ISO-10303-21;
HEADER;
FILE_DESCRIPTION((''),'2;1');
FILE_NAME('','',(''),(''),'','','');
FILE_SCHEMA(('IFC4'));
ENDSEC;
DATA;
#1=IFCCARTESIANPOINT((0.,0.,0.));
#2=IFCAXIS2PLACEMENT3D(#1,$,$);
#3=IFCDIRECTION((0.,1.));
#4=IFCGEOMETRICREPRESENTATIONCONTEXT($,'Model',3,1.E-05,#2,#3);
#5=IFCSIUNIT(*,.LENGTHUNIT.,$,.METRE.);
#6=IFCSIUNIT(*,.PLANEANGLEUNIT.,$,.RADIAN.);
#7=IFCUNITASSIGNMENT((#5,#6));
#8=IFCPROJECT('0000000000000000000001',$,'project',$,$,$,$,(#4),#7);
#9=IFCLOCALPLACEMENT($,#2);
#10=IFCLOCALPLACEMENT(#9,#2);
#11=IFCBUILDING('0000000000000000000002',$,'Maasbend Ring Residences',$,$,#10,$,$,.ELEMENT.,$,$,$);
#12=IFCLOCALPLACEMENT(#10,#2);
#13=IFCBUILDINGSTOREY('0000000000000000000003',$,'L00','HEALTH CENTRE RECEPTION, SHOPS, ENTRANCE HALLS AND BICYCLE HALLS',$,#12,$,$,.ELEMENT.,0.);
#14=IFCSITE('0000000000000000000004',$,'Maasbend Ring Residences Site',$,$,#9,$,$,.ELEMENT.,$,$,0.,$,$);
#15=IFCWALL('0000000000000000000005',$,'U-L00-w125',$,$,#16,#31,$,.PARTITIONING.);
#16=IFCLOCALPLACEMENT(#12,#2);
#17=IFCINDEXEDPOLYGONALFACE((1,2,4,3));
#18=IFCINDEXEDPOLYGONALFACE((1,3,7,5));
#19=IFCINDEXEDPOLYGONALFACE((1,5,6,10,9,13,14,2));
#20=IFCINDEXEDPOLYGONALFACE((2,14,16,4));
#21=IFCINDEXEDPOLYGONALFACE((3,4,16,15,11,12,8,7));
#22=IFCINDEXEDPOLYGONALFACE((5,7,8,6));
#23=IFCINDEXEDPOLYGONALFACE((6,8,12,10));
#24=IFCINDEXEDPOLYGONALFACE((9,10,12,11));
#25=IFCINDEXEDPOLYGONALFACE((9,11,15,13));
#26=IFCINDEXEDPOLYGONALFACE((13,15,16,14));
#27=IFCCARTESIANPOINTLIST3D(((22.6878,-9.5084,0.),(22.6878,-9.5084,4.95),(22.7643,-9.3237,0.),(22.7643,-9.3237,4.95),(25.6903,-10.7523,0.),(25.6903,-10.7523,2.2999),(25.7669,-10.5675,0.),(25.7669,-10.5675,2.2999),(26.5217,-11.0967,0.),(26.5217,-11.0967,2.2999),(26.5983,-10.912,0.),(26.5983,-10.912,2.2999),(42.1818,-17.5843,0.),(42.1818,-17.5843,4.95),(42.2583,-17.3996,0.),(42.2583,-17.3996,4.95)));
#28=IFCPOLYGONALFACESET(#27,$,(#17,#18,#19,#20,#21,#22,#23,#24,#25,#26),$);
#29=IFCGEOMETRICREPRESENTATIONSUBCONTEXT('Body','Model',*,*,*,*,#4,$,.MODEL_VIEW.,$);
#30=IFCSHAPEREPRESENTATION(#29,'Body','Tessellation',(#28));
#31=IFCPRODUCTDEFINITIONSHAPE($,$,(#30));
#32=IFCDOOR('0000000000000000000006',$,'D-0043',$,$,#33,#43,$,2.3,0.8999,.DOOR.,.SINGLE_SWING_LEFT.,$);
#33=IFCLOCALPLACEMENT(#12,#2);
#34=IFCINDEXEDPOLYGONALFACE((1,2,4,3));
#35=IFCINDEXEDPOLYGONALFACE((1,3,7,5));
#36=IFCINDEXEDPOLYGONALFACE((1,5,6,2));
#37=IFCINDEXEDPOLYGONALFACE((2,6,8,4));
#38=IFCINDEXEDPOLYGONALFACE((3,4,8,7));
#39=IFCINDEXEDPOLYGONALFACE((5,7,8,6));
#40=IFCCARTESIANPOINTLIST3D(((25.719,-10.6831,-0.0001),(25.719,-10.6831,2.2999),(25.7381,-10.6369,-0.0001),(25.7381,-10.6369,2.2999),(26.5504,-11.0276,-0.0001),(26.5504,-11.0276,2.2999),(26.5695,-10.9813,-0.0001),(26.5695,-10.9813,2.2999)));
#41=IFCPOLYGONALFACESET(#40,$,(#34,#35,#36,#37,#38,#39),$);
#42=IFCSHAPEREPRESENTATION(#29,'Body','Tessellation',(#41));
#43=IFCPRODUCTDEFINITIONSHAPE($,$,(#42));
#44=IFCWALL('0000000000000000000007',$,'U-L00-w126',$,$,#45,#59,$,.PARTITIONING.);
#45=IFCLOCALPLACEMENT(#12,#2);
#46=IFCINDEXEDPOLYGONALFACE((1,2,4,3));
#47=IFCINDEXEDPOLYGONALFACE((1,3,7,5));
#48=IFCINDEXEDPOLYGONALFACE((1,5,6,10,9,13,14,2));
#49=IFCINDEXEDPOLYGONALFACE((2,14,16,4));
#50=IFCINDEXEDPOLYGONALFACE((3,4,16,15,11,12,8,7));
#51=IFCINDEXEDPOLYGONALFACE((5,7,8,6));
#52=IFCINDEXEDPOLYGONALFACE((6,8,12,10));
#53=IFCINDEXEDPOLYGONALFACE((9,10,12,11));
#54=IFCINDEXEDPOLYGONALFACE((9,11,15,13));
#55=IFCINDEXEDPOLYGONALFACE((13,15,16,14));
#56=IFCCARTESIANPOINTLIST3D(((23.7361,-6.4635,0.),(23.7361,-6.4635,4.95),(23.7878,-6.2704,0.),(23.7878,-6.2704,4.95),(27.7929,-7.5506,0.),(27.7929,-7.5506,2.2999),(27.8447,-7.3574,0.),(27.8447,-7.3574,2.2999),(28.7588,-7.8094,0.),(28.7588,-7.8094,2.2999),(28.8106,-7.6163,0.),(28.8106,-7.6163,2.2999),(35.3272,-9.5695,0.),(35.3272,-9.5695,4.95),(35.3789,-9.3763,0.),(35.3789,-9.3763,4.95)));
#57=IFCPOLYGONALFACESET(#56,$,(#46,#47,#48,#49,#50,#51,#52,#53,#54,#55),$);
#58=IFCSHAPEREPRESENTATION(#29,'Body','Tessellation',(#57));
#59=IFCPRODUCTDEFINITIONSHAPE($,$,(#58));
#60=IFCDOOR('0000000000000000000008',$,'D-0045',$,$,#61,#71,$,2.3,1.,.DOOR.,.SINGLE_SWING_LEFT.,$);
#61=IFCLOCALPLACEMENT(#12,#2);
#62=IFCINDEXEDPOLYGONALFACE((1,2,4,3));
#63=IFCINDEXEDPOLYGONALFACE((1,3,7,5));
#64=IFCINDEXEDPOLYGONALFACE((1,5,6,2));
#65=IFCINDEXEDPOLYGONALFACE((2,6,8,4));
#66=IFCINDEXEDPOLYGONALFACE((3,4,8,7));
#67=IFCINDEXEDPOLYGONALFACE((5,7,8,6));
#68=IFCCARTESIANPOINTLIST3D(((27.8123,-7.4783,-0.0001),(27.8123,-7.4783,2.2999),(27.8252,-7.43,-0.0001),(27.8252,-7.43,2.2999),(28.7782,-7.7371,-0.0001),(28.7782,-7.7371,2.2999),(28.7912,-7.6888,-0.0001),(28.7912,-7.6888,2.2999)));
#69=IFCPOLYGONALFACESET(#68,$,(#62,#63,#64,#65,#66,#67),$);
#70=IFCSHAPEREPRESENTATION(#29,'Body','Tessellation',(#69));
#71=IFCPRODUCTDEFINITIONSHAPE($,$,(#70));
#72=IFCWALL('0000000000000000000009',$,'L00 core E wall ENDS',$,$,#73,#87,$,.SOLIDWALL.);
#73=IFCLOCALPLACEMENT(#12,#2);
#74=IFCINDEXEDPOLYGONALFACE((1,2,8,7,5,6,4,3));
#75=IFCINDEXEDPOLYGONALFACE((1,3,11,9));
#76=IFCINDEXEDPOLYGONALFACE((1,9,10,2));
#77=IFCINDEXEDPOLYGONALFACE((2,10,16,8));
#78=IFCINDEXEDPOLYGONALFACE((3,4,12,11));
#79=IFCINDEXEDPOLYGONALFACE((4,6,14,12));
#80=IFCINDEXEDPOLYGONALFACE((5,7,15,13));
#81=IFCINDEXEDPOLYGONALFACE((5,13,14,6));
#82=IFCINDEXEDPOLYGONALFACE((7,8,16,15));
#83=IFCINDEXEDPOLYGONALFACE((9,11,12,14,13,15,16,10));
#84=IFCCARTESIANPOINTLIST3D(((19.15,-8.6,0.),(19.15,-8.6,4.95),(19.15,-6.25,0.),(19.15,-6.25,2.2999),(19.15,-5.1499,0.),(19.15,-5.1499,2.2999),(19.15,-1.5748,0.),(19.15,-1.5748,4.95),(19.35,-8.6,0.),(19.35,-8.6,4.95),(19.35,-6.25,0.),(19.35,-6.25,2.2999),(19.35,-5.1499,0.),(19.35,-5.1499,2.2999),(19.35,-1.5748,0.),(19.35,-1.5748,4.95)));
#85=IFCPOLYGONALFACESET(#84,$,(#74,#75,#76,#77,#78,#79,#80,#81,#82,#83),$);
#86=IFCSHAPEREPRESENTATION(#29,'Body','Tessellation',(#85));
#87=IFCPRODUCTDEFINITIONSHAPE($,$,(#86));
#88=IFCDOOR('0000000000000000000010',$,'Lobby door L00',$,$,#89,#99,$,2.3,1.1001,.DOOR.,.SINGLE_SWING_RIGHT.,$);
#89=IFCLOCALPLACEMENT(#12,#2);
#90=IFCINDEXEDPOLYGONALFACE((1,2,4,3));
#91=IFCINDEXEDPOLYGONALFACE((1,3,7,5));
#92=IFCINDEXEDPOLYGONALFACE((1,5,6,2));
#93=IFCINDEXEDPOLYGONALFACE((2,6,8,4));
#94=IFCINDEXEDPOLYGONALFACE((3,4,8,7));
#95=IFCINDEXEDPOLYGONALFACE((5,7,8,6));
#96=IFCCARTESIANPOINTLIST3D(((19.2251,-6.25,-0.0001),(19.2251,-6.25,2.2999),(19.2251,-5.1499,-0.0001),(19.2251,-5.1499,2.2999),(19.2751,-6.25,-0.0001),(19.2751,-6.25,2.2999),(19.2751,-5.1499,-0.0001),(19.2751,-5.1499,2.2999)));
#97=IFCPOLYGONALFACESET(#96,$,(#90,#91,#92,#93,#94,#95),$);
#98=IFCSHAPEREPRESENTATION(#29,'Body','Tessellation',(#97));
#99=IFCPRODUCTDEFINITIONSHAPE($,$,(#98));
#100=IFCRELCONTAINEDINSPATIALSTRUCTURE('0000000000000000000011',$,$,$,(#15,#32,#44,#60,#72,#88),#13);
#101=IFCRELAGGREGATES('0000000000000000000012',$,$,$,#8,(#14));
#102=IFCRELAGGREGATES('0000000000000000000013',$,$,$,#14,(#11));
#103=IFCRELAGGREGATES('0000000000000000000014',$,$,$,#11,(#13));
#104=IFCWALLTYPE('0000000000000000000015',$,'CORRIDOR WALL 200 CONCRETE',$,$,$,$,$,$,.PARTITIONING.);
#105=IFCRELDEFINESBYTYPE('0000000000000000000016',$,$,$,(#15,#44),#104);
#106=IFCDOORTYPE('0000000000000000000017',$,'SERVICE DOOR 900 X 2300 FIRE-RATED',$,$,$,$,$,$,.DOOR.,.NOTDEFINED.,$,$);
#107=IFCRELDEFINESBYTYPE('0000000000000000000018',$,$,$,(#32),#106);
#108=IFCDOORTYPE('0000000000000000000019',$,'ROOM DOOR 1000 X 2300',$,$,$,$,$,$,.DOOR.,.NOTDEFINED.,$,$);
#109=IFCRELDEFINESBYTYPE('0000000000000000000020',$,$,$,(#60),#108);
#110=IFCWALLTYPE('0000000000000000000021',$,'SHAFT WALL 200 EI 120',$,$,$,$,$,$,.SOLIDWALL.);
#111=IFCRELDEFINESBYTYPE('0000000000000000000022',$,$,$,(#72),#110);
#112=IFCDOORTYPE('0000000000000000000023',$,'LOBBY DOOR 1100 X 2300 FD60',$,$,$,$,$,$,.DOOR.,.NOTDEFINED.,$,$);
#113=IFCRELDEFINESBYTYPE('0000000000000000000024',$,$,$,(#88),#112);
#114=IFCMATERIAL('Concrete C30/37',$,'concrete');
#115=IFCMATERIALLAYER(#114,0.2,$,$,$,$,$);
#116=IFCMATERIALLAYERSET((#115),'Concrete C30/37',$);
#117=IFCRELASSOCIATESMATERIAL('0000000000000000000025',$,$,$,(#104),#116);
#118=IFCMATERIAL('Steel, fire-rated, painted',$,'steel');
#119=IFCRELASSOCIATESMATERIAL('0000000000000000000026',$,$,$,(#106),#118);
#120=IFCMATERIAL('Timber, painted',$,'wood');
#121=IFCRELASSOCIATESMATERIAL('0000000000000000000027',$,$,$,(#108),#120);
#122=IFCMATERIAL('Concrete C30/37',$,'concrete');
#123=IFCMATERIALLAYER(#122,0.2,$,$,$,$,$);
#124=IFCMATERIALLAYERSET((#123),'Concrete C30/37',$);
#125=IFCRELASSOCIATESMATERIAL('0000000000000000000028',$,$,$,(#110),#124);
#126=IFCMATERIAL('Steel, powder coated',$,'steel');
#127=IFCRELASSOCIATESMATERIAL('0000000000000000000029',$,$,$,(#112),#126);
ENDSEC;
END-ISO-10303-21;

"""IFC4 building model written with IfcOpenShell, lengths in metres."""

from ifc_helpers import new_model, si_unit, direction, frame, frame_2d, origin, place, context, subcontext, project, spatial, rectangle, extrude, material, layer, layer_set, type_object, element, fill, save


model = new_model("IFC4")

# Units and contexts
model_context = context("Model", 3, precision=1e-05, world=origin(), true_north=direction((0.0, 1.0)))
body_context = subcontext(model_context, "Body", "Model", "MODEL_VIEW")
ifc_project = project(units=[si_unit("LENGTHUNIT", "METRE"), si_unit("PLANEANGLEUNIT", "RADIAN")], contexts=[model_context])

# Site, building, storey
site_placement = place(None, origin())
site = spatial("IfcSite", under=ifc_project, at=site_placement, Name="Maasbend Ring Residences Site", CompositionType="ELEMENT", RefElevation=0.0)
building_placement = place(site_placement, origin())
building = spatial("IfcBuilding", under=site, at=building_placement, Name="Maasbend Ring Residences", CompositionType="ELEMENT")
storey_placement = place(building_placement, origin())
storey = spatial("IfcBuildingStorey", under=building, at=storey_placement, Name="L00", Description="HEALTH CENTRE RECEPTION, SHOPS, ENTRANCE HALLS AND BICYCLE HALLS", CompositionType="ELEMENT", Elevation=0.0)

# Shared definitions
ifc_material_1 = material(Name="Concrete C30/37", Category="concrete")
ifc_layer_1 = layer(ifc_material_1, 0.2)
ifc_layer_set_1 = layer_set([ifc_layer_1], Name="Concrete C30/37")
wall_type_1 = type_object("IfcWallType", Name="CORRIDOR WALL 200 CONCRETE", PredefinedType="PARTITIONING", material=ifc_layer_set_1)

# Walls, openings, doors
wall_1_placement = place(storey_placement, frame((22.7261, -9.416, 0.0), z_axis=(0.0, 0.0, 1.0), x_axis=(0.923858, -0.382736, 0.0)))
wall_1 = element("IfcWall", 1, at=wall_1_placement, inside=storey, type_object=wall_type_1, Name="U-L00-w125", PredefinedType="PARTITIONING", context=body_context, shape_type="SweptSolid", body=[
    extrude(rectangle(XDim=21.1006, YDim=0.2, at=frame_2d((10.5503, 0.0))), origin(), (0.0, 0.0, 1.0), 4.95),
])
opening_1_placement = place(wall_1_placement, frame((3.25, 0.0, 0.0)))
opening_1 = element("IfcOpeningElement", 2, at=opening_1_placement, cuts=wall_1, PredefinedType="OPENING", context=body_context, shape_type="SweptSolid", body=[
    extrude(rectangle(XDim=0.8999, YDim=2.3, at=frame_2d((0.45, 1.1499))), frame((0.0, 0.1099, 0.0), z_axis=(0.0, -1.0, 0.0), x_axis=(1.0, 0.0, 0.0)), (0.0, 0.0, 1.0), 0.22),
])
ifc_material_2 = material(Name="Steel, fire-rated, painted", Category="steel")
door_type_1 = type_object("IfcDoorType", Name="SERVICE DOOR 900 X 2300 FIRE-RATED", OperationType="NOTDEFINED", PredefinedType="DOOR", material=ifc_material_2)
door_1_placement = place(opening_1_placement, origin())
door_1 = element("IfcDoor", 3, at=door_1_placement, inside=storey, type_object=door_type_1, Name="D-0043", OperationType="SINGLE_SWING_LEFT", OverallHeight=2.3, OverallWidth=0.8999, PredefinedType="DOOR", context=body_context, shape_type="SweptSolid", body=[
    extrude(rectangle(XDim=0.8999, YDim=2.3, at=frame_2d((0.45, 1.1499))), frame((0.0, 0.0249, 0.0), z_axis=(0.0, -1.0, 0.0), x_axis=(1.0, 0.0, 0.0)), (0.0, 0.0, 1.0), 0.05),
])
fill(opening_1, door_1)
wall_2_placement = place(storey_placement, frame((23.762, -6.3669, 0.0), z_axis=(0.0, 0.0, 1.0), x_axis=(0.965923, -0.25883, 0.0)))
wall_2 = element("IfcWall", 4, at=wall_2_placement, inside=storey, type_object=wall_type_1, Name="U-L00-w126", PredefinedType="PARTITIONING", context=body_context, shape_type="SweptSolid", body=[
    extrude(rectangle(XDim=12.0, YDim=0.2, at=frame_2d((6.0, 0.0))), origin(), (0.0, 0.0, 1.0), 4.95),
])
opening_2_placement = place(wall_2_placement, frame((4.2, 0.0, 0.0)))
opening_2 = element("IfcOpeningElement", 5, at=opening_2_placement, cuts=wall_2, PredefinedType="OPENING", context=body_context, shape_type="SweptSolid", body=[
    extrude(rectangle(XDim=1.0, YDim=2.3, at=frame_2d((0.5, 1.1499))), frame((0.0, 0.1099, 0.0), z_axis=(0.0, -1.0, 0.0), x_axis=(1.0, 0.0, 0.0)), (0.0, 0.0, 1.0), 0.22),
])
ifc_material_3 = material(Name="Timber, painted", Category="wood")
door_type_2 = type_object("IfcDoorType", Name="ROOM DOOR 1000 X 2300", OperationType="NOTDEFINED", PredefinedType="DOOR", material=ifc_material_3)
door_2_placement = place(opening_2_placement, origin())
door_2 = element("IfcDoor", 6, at=door_2_placement, inside=storey, type_object=door_type_2, Name="D-0045", OperationType="SINGLE_SWING_LEFT", OverallHeight=2.3, OverallWidth=1.0, PredefinedType="DOOR", context=body_context, shape_type="SweptSolid", body=[
    extrude(rectangle(XDim=1.0, YDim=2.3, at=frame_2d((0.5, 1.1499))), frame((0.0, 0.0249, 0.0), z_axis=(0.0, -1.0, 0.0), x_axis=(1.0, 0.0, 0.0)), (0.0, 0.0, 1.0), 0.05),
])
fill(opening_2, door_2)
ifc_material_4 = material(Name="Concrete C30/37", Category="concrete")
ifc_layer_2 = layer(ifc_material_4, 0.2)
ifc_layer_set_2 = layer_set([ifc_layer_2], Name="Concrete C30/37")
wall_type_2 = type_object("IfcWallType", Name="SHAFT WALL 200 EI 120", PredefinedType="SOLIDWALL", material=ifc_layer_set_2)
wall_3_placement = place(storey_placement, frame((19.25, -8.6001, 0.0), z_axis=(0.0, 0.0, 1.0), x_axis=(0.0, 1.0, 0.0)))
wall_3 = element("IfcWall", 7, at=wall_3_placement, inside=storey, type_object=wall_type_2, Name="L00 core E wall ENDS", PredefinedType="SOLIDWALL", context=body_context, shape_type="SweptSolid", body=[
    extrude(rectangle(XDim=7.0251, YDim=0.2, at=frame_2d((3.5127, 0.0))), origin(), (0.0, 0.0, 1.0), 4.95),
])
opening_3_placement = place(wall_3_placement, frame((2.3501, 0.0, 0.0)))
opening_3 = element("IfcOpeningElement", 8, at=opening_3_placement, cuts=wall_3, PredefinedType="OPENING", context=body_context, shape_type="SweptSolid", body=[
    extrude(rectangle(XDim=1.1001, YDim=2.3, at=frame_2d((0.55, 1.1499))), frame((0.0, 0.1099, 0.0), z_axis=(0.0, -1.0, 0.0), x_axis=(1.0, 0.0, 0.0)), (0.0, 0.0, 1.0), 0.22),
])
ifc_material_5 = material(Name="Steel, powder coated", Category="steel")
door_type_3 = type_object("IfcDoorType", Name="LOBBY DOOR 1100 X 2300 FD60", OperationType="NOTDEFINED", PredefinedType="DOOR", material=ifc_material_5)
door_3_placement = place(opening_3_placement, origin())
door_3 = element("IfcDoor", 9, at=door_3_placement, inside=storey, type_object=door_type_3, Name="Lobby door L00", OperationType="SINGLE_SWING_RIGHT", OverallHeight=2.3, OverallWidth=1.1001, PredefinedType="DOOR", context=body_context, shape_type="SweptSolid", body=[
    extrude(rectangle(XDim=1.1001, YDim=2.3, at=frame_2d((0.55, 1.1499))), frame((0.0, 0.0249, 0.0), z_axis=(0.0, -1.0, 0.0), x_axis=(1.0, 0.0, 0.0)), (0.0, 0.0, 1.0), 0.05),
])
fill(opening_3, door_3)

save(model, "model.ifc")
